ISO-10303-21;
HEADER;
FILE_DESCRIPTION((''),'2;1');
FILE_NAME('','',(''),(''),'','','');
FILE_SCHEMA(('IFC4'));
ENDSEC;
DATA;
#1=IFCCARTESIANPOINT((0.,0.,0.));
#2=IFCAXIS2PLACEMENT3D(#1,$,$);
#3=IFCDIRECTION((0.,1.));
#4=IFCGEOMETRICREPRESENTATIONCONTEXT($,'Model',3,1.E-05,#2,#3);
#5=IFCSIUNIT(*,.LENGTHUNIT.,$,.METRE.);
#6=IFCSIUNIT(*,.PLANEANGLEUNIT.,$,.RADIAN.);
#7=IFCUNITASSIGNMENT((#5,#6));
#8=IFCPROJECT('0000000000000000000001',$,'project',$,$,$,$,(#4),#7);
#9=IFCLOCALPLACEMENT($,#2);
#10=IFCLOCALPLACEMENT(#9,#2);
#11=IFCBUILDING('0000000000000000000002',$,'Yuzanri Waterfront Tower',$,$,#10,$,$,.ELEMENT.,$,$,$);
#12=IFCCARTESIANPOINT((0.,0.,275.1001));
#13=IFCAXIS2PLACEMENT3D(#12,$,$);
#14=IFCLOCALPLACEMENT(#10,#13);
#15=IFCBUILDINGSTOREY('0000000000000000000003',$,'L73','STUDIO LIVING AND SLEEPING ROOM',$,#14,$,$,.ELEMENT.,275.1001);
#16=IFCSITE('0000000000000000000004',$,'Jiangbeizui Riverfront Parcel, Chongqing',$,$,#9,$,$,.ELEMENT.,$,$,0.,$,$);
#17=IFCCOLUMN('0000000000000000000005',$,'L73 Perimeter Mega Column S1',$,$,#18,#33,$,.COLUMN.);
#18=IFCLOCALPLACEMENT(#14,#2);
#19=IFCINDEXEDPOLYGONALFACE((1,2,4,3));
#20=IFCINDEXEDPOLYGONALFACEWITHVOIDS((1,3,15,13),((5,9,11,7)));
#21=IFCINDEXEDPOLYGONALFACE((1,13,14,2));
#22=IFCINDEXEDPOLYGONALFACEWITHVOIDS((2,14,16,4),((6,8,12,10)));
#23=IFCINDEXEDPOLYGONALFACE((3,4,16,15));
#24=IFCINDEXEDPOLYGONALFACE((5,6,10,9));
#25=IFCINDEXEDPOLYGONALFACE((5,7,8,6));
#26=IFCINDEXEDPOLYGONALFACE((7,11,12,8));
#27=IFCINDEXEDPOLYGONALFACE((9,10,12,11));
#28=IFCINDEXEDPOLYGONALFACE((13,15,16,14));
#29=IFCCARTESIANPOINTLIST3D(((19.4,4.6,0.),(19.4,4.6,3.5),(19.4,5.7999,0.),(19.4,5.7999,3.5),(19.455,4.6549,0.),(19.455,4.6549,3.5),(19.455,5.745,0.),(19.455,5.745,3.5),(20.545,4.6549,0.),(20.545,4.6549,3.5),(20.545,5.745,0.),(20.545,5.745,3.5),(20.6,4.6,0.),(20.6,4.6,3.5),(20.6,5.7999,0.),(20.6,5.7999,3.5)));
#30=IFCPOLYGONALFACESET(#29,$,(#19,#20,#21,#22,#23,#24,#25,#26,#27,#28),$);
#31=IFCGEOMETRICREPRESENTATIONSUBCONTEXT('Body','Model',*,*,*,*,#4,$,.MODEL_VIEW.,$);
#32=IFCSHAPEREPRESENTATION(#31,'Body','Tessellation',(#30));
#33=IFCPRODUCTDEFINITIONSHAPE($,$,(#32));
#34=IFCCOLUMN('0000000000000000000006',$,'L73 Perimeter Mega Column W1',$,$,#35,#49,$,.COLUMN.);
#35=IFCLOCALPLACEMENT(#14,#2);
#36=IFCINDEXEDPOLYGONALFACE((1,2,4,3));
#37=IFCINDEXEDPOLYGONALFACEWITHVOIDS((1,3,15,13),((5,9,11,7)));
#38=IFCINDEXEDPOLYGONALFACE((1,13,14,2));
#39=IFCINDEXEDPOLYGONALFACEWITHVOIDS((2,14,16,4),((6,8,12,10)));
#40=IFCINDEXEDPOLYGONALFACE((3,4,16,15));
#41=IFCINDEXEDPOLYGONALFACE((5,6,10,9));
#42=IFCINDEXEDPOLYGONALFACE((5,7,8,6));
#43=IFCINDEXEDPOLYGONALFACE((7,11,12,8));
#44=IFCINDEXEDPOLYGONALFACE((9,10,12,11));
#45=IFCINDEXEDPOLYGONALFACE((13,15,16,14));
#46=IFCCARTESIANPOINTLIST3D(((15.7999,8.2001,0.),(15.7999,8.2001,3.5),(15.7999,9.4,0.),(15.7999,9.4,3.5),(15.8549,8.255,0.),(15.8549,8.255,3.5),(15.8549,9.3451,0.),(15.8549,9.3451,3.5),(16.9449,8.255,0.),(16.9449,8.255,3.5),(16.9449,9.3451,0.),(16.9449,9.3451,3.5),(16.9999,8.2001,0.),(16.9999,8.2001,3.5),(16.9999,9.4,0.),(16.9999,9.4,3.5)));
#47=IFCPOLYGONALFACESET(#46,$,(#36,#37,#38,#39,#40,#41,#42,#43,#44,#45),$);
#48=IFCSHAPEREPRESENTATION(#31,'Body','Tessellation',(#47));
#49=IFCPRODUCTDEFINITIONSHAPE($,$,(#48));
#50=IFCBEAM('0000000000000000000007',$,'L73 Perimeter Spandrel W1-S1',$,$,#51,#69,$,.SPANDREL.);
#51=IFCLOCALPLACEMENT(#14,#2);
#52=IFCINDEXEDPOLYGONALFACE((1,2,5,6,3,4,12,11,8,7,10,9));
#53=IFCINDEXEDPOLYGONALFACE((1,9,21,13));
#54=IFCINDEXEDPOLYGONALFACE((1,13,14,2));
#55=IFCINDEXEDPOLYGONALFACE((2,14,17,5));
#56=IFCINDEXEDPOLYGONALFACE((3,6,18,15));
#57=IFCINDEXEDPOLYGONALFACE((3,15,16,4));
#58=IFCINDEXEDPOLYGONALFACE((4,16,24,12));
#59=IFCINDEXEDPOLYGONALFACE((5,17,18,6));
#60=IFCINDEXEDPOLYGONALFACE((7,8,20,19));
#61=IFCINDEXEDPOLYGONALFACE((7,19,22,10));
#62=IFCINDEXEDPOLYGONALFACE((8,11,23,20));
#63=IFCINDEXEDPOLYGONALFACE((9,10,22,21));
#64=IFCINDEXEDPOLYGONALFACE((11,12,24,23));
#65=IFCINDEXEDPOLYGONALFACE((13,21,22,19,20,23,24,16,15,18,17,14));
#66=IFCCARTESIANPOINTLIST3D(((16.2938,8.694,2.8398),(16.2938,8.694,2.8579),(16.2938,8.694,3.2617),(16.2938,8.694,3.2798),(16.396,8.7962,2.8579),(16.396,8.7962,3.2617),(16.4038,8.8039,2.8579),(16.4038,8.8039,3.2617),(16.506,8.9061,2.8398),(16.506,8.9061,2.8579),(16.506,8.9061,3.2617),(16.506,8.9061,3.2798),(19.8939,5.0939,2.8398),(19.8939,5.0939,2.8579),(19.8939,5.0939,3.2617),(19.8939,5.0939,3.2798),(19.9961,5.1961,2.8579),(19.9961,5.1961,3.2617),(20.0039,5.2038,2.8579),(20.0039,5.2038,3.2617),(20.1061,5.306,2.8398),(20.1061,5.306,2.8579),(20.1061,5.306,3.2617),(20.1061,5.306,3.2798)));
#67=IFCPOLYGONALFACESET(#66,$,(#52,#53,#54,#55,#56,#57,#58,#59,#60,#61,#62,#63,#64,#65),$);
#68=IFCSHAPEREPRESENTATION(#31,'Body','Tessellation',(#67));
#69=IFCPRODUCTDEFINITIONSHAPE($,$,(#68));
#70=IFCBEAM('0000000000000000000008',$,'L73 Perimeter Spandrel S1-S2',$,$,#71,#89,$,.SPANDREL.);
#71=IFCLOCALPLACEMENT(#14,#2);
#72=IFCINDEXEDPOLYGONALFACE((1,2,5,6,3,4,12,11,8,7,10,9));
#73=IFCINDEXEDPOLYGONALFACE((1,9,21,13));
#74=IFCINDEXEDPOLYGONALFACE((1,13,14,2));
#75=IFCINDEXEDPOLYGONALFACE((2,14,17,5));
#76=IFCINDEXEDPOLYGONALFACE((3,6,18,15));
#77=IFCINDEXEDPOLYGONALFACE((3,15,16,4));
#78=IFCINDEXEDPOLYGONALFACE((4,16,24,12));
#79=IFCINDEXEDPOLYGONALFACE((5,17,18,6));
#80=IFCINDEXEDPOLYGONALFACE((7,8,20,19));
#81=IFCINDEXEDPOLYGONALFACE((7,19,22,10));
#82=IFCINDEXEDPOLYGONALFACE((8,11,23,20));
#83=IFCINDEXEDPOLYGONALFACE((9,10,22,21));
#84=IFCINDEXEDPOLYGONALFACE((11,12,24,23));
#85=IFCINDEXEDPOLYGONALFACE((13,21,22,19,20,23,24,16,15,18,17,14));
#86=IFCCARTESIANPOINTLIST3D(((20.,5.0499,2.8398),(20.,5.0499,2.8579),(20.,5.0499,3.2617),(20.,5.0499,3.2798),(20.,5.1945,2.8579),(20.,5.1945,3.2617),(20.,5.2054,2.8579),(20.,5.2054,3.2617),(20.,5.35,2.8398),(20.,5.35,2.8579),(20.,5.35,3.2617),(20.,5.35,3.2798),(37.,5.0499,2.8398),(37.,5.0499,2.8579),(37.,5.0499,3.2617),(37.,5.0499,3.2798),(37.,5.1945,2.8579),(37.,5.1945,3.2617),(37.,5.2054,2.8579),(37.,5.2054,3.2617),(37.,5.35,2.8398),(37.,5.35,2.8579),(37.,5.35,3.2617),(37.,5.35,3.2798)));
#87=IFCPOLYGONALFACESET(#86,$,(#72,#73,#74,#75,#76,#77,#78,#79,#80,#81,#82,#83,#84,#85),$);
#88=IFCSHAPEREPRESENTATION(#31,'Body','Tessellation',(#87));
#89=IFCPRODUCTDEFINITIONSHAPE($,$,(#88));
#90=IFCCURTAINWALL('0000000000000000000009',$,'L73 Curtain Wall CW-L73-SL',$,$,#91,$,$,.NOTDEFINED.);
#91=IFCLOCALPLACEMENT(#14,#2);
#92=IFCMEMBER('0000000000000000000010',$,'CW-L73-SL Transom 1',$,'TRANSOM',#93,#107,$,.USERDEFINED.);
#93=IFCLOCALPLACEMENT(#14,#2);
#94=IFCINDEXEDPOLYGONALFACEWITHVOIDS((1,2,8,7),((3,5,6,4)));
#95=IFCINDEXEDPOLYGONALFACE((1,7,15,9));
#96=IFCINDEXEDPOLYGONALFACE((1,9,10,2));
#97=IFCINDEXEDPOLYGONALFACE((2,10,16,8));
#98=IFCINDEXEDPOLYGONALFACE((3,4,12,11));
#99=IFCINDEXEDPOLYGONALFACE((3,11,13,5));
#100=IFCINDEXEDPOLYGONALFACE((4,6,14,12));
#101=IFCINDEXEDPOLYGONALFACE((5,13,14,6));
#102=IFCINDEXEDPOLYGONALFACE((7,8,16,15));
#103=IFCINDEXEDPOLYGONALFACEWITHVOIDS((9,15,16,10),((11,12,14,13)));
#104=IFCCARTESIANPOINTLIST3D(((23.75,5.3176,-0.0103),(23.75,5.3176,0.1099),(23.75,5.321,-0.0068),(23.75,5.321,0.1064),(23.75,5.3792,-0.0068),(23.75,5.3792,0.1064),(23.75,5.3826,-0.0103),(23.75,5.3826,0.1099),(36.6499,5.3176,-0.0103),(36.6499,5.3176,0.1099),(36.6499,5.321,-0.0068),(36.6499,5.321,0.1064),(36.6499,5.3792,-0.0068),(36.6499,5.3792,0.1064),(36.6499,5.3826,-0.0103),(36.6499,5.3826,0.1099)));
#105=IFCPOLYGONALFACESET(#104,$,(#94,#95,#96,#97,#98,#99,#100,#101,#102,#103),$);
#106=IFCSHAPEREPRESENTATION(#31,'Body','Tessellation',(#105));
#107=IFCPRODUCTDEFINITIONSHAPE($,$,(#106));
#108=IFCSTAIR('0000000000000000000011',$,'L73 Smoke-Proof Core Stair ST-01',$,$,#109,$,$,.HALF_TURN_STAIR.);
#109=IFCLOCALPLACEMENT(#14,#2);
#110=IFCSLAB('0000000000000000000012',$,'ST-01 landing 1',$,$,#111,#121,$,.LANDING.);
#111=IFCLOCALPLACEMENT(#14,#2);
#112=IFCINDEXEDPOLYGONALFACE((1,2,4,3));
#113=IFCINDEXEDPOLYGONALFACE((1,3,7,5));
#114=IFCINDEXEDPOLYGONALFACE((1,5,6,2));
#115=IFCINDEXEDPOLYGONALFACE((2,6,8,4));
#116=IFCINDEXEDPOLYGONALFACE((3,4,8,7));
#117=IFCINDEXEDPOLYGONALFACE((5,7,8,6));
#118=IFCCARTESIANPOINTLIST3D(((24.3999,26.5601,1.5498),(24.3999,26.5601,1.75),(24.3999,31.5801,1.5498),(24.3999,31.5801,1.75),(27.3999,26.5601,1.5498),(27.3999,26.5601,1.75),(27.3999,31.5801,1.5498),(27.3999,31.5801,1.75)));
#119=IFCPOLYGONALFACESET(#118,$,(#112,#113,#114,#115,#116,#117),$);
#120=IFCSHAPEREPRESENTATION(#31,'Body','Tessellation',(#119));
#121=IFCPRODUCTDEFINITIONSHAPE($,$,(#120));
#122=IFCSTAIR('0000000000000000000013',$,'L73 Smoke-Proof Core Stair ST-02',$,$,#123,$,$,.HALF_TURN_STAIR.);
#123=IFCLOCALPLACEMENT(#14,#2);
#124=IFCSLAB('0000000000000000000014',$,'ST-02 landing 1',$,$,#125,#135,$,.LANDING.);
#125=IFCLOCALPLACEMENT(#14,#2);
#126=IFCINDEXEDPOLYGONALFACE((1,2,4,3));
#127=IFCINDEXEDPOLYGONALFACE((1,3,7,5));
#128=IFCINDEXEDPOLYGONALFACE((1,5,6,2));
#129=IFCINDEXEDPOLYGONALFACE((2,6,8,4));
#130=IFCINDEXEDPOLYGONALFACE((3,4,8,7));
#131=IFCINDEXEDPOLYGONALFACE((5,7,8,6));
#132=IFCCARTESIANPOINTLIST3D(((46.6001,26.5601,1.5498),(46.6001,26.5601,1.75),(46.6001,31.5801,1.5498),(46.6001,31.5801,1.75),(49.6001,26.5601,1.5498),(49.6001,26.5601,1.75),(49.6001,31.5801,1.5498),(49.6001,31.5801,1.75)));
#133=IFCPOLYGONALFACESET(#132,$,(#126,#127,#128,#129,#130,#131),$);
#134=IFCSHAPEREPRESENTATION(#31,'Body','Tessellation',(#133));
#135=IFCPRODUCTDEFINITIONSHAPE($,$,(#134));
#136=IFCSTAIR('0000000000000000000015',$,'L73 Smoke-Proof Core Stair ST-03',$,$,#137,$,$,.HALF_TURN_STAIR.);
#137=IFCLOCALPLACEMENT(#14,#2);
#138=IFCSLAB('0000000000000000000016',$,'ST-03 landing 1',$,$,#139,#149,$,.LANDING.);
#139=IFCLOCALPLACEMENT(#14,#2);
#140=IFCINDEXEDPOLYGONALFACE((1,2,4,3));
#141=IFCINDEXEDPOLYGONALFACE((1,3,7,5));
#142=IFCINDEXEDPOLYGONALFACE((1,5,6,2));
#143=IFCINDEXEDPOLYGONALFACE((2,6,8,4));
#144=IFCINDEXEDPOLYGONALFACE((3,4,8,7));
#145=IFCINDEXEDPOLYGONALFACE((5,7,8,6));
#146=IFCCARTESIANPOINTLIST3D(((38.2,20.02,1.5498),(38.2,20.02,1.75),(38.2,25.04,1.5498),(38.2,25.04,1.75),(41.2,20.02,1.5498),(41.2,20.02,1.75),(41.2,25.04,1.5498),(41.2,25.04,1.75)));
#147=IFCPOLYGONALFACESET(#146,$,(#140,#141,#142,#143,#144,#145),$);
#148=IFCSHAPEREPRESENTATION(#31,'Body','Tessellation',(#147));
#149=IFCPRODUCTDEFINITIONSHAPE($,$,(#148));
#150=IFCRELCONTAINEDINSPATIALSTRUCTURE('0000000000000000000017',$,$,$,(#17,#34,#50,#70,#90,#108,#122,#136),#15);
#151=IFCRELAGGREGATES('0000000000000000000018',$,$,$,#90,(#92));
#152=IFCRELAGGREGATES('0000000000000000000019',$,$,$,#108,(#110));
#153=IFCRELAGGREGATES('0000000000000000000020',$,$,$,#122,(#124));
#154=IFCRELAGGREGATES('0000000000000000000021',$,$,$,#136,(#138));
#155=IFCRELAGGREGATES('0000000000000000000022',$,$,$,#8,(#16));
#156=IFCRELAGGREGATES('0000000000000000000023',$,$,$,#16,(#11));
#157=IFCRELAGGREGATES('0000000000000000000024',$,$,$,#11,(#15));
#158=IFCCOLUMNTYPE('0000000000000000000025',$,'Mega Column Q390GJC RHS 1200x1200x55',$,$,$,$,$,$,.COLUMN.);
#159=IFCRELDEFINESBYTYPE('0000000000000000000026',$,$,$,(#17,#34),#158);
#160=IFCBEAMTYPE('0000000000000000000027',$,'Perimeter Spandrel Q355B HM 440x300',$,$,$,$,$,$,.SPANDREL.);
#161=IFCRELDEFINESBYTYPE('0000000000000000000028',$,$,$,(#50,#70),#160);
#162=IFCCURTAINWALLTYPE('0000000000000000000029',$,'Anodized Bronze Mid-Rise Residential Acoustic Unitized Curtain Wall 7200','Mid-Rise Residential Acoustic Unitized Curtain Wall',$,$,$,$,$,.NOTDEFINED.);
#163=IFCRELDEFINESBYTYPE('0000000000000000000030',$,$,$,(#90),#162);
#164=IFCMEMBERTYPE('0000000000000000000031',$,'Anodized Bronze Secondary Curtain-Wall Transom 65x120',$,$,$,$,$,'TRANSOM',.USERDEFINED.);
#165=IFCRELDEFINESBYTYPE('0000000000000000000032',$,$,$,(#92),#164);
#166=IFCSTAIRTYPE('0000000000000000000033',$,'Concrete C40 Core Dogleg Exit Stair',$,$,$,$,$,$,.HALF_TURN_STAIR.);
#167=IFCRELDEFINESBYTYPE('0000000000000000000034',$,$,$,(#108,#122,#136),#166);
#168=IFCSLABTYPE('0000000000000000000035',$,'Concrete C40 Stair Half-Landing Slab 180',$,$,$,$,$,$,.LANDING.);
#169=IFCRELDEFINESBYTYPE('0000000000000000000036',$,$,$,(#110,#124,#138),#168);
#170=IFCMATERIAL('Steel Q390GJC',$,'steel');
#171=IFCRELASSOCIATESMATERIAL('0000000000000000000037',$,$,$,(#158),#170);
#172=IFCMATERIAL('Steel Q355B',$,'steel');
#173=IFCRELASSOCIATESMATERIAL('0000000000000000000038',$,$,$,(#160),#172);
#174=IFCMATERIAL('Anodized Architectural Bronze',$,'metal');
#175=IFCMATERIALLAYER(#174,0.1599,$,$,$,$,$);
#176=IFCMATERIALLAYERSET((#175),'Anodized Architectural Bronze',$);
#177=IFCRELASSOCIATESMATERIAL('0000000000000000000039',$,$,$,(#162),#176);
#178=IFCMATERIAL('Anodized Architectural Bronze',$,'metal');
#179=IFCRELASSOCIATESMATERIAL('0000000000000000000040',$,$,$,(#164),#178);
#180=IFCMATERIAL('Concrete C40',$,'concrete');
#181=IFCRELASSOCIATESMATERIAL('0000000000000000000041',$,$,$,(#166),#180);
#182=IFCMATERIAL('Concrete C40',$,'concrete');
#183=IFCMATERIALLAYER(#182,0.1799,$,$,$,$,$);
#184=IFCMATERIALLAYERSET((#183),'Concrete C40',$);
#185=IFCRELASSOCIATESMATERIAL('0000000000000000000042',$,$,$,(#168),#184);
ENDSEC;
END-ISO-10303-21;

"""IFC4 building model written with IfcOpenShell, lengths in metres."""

from ifc_helpers import new_model, si_unit, direction, frame, origin, origin_2d, place, context, subcontext, project, spatial, polyline, hollow_rectangle, i_section, outline, extrude, source, transform, mapped, material, layer, layer_set, material_profile, profile_set, type_object, element, aggregate, save


model = new_model("IFC4")

# Units and contexts
model_context = context("Model", 3, precision=1e-05, world=origin(), true_north=direction((0.0, 1.0)))
body_context = subcontext(model_context, "Body", "Model", "MODEL_VIEW")
ifc_project = project(units=[si_unit("LENGTHUNIT", "METRE"), si_unit("PLANEANGLEUNIT", "RADIAN")], contexts=[model_context])

# Site, building, storey
site_placement = place(None, origin())
site = spatial("IfcSite", under=ifc_project, at=site_placement, Name="Jiangbeizui Riverfront Parcel, Chongqing", CompositionType="ELEMENT", RefElevation=0.0)
building_placement = place(site_placement, origin())
building = spatial("IfcBuilding", under=site, at=building_placement, Name="Yuzanri Waterfront Tower", CompositionType="ELEMENT")
storey_placement = place(building_placement, frame((0.0, 0.0, 275.1001)))
storey = spatial("IfcBuildingStorey", under=building, at=storey_placement, Name="L73", Description="STUDIO LIVING AND SLEEPING ROOM", CompositionType="ELEMENT", Elevation=275.1001)

# Columns
ifc_material_1 = material(Name="Steel Q390GJC", Category="steel")
ifc_material_profile_1 = material_profile(ifc_material_1, hollow_rectangle(XDim=1.2, YDim=1.2, WallThickness=0.0549, at=origin_2d()), Name="RHS 1200x1200x55")
ifc_profile_set_1 = profile_set([ifc_material_profile_1], Name="Steel Q390GJC")
column_type = type_object("IfcColumnType", Name="Mega Column Q390GJC RHS 1200x1200x55", PredefinedType="COLUMN", material=ifc_profile_set_1)
shared_shape_1 = source(origin(), body_context, "Body", "SweptSolid", [
    extrude(hollow_rectangle(XDim=1.2, YDim=1.2, WallThickness=0.0549, at=origin_2d()), origin(), (0.0, 0.0, 1.0), 3.5),
])
for number, where, z_axis, x_axis, name in (
    (1, (20.0, 5.2, 0.0), (0.0, 0.0, 1.0), (1.0, 0.0, 0.0), "L73 Perimeter Mega Column S1"),
    (2, (16.3999, 8.8, 0.0), (0.0, 0.0, 1.0), (1.0, 0.0, 0.0), "L73 Perimeter Mega Column W1"),
):
    element("IfcColumn", number, at=place(storey_placement, frame(where, z_axis=z_axis, x_axis=x_axis)), inside=storey, type_object=column_type, Name=name, PredefinedType="COLUMN", context=body_context, shape_type="MappedRepresentation", body=[
        mapped(shared_shape_1, transform((0.0, 0.0, 0.0), scale=1.0)),
    ])

# Beams
ifc_material_2 = material(Name="Steel Q355B", Category="steel")
ifc_material_profile_2 = material_profile(ifc_material_2, i_section(OverallWidth=0.3, OverallDepth=0.4399, WebThickness=0.011, FlangeThickness=0.0181, at=origin_2d()), Name="HM 440x300x11x18")
ifc_profile_set_2 = profile_set([ifc_material_profile_2], Name="Steel Q355B")
beam_type = type_object("IfcBeamType", Name="Perimeter Spandrel Q355B HM 440x300", PredefinedType="SPANDREL", material=ifc_profile_set_2)
shared_shape_2 = source(origin(), body_context, "Body", "SweptSolid", [
    extrude(i_section(OverallWidth=0.3, OverallDepth=0.4399, WebThickness=0.011, FlangeThickness=0.0181, at=origin_2d()), origin(), (0.0, 0.0, 1.0), 5.0913),
])
beam_1_placement = place(storey_placement, frame((16.3999, 8.8, 3.0598), z_axis=(0.707107, -0.707107, 0.0), x_axis=(0.707107, 0.707107, 0.0)))
element("IfcBeam", 3, at=beam_1_placement, inside=storey, type_object=beam_type, Name="L73 Perimeter Spandrel W1-S1", PredefinedType="SPANDREL", context=body_context, shape_type="MappedRepresentation", body=[
    mapped(shared_shape_2, transform((0.0, 0.0, 0.0), scale=1.0)),
])
shared_shape_3 = source(origin(), body_context, "Body", "SweptSolid", [
    extrude(i_section(OverallWidth=0.3, OverallDepth=0.4399, WebThickness=0.011, FlangeThickness=0.0181, at=origin_2d()), origin(), (0.0, 0.0, 1.0), 17.0),
])
beam_2_placement = place(storey_placement, frame((20.0, 5.2, 3.0598), z_axis=(1.0, 0.0, 0.0), x_axis=(0.0, 1.0, 0.0)))
element("IfcBeam", 4, at=beam_2_placement, inside=storey, type_object=beam_type, Name="L73 Perimeter Spandrel S1-S2", PredefinedType="SPANDREL", context=body_context, shape_type="MappedRepresentation", body=[
    mapped(shared_shape_3, transform((0.0, 0.0, 0.0), scale=1.0)),
])

# Curtain wall, member
ifc_material_3 = material(Name="Anodized Architectural Bronze", Category="metal")
ifc_layer_1 = layer(ifc_material_3, 0.1599)
ifc_layer_set_1 = layer_set([ifc_layer_1], Name="Anodized Architectural Bronze")
curtain_wall_type = type_object("IfcCurtainWallType", Name="Anodized Bronze Mid-Rise Residential Acoustic Unitized Curtain Wall 7200", Description="Mid-Rise Residential Acoustic Unitized Curtain Wall", PredefinedType="NOTDEFINED", material=ifc_layer_set_1)
curtain_wall_placement = place(storey_placement, origin())
curtain_wall = element("IfcCurtainWall", 5, at=curtain_wall_placement, inside=storey, type_object=curtain_wall_type, Name="L73 Curtain Wall CW-L73-SL", PredefinedType="NOTDEFINED")
ifc_material_4 = material(Name="Anodized Architectural Bronze", Category="metal")
ifc_material_profile_3 = material_profile(ifc_material_4, hollow_rectangle(XDim=0.0649, YDim=0.1201, WallThickness=0.0034, at=origin_2d()), Name="CWT 65x120")
ifc_profile_set_3 = profile_set([ifc_material_profile_3], Name="Anodized Architectural Bronze")
member_type = type_object("IfcMemberType", Name="Anodized Bronze Secondary Curtain-Wall Transom 65x120", ElementType="TRANSOM", PredefinedType="USERDEFINED", material=ifc_profile_set_3)
shared_shape_4 = source(origin(), body_context, "Body", "SweptSolid", [
    extrude(hollow_rectangle(XDim=0.0649, YDim=0.1201, WallThickness=0.0034, at=origin_2d()), origin(), (0.0, 0.0, 1.0), 12.8999),
])
member_placement = place(storey_placement, frame((23.75, 5.3501, 0.0498), z_axis=(1.0, 0.0, 0.0), x_axis=(0.0, 1.0, 0.0)))
member = element("IfcMember", 6, at=member_placement, type_object=member_type, Name="CW-L73-SL Transom 1", ObjectType="TRANSOM", PredefinedType="USERDEFINED", context=body_context, shape_type="MappedRepresentation", body=[
    mapped(shared_shape_4, transform((0.0, 0.0, 0.0), scale=1.0)),
])
aggregate(curtain_wall, [member])

# Stairs, slabs
ifc_material_5 = material(Name="Concrete C40", Category="concrete")
stair_type = type_object("IfcStairType", Name="Concrete C40 Core Dogleg Exit Stair", PredefinedType="HALF_TURN_STAIR", material=ifc_material_5)
stair_1_placement = place(storey_placement, origin())
stair_1 = element("IfcStair", 7, at=stair_1_placement, inside=storey, type_object=stair_type, Name="L73 Smoke-Proof Core Stair ST-01", PredefinedType="HALF_TURN_STAIR")
ifc_material_6 = material(Name="Concrete C40", Category="concrete")
ifc_layer_2 = layer(ifc_material_6, 0.1799)
ifc_layer_set_2 = layer_set([ifc_layer_2], Name="Concrete C40")
slab_type_1 = type_object("IfcSlabType", Name="Concrete C40 Stair Half-Landing Slab 180", PredefinedType="LANDING", material=ifc_layer_set_2)
slab_1_placement = place(storey_placement, frame((0.0, 0.0, 1.5498)))
slab_1 = element("IfcSlab", 8, at=slab_1_placement, type_object=slab_type_1, Name="ST-01 landing 1", PredefinedType="LANDING", context=body_context, shape_type="SweptSolid", body=[
    extrude(outline(polyline([(27.3999, 26.5601), (27.3999, 31.5801), (24.3999, 31.5801), (24.3999, 26.5601), (27.3999, 26.5601)])), origin(), (0.0, 0.0, 1.0), 0.2002),
])
aggregate(stair_1, [slab_1])
stair_2_placement = place(storey_placement, origin())
stair_2 = element("IfcStair", 9, at=stair_2_placement, inside=storey, type_object=stair_type, Name="L73 Smoke-Proof Core Stair ST-02", PredefinedType="HALF_TURN_STAIR")
slab_2_placement = place(storey_placement, frame((0.0, 0.0, 1.5498)))
slab_2 = element("IfcSlab", 10, at=slab_2_placement, type_object=slab_type_1, Name="ST-02 landing 1", PredefinedType="LANDING", context=body_context, shape_type="SweptSolid", body=[
    extrude(outline(polyline([(49.6001, 26.5601), (49.6001, 31.5801), (46.6001, 31.5801), (46.6001, 26.5601), (49.6001, 26.5601)])), origin(), (0.0, 0.0, 1.0), 0.2002),
])
aggregate(stair_2, [slab_2])
stair_3_placement = place(storey_placement, origin())
stair_3 = element("IfcStair", 11, at=stair_3_placement, inside=storey, type_object=stair_type, Name="L73 Smoke-Proof Core Stair ST-03", PredefinedType="HALF_TURN_STAIR")
slab_3_placement = place(storey_placement, frame((0.0, 0.0, 1.5498)))
slab_3 = element("IfcSlab", 12, at=slab_3_placement, type_object=slab_type_1, Name="ST-03 landing 1", PredefinedType="LANDING", context=body_context, shape_type="SweptSolid", body=[
    extrude(outline(polyline([(38.2, 25.04), (38.2, 20.02), (41.2, 20.02), (41.2, 25.04), (38.2, 25.04)])), origin(), (0.0, 0.0, 1.0), 0.2002),
])
aggregate(stair_3, [slab_3])

save(model, "model.ifc")
